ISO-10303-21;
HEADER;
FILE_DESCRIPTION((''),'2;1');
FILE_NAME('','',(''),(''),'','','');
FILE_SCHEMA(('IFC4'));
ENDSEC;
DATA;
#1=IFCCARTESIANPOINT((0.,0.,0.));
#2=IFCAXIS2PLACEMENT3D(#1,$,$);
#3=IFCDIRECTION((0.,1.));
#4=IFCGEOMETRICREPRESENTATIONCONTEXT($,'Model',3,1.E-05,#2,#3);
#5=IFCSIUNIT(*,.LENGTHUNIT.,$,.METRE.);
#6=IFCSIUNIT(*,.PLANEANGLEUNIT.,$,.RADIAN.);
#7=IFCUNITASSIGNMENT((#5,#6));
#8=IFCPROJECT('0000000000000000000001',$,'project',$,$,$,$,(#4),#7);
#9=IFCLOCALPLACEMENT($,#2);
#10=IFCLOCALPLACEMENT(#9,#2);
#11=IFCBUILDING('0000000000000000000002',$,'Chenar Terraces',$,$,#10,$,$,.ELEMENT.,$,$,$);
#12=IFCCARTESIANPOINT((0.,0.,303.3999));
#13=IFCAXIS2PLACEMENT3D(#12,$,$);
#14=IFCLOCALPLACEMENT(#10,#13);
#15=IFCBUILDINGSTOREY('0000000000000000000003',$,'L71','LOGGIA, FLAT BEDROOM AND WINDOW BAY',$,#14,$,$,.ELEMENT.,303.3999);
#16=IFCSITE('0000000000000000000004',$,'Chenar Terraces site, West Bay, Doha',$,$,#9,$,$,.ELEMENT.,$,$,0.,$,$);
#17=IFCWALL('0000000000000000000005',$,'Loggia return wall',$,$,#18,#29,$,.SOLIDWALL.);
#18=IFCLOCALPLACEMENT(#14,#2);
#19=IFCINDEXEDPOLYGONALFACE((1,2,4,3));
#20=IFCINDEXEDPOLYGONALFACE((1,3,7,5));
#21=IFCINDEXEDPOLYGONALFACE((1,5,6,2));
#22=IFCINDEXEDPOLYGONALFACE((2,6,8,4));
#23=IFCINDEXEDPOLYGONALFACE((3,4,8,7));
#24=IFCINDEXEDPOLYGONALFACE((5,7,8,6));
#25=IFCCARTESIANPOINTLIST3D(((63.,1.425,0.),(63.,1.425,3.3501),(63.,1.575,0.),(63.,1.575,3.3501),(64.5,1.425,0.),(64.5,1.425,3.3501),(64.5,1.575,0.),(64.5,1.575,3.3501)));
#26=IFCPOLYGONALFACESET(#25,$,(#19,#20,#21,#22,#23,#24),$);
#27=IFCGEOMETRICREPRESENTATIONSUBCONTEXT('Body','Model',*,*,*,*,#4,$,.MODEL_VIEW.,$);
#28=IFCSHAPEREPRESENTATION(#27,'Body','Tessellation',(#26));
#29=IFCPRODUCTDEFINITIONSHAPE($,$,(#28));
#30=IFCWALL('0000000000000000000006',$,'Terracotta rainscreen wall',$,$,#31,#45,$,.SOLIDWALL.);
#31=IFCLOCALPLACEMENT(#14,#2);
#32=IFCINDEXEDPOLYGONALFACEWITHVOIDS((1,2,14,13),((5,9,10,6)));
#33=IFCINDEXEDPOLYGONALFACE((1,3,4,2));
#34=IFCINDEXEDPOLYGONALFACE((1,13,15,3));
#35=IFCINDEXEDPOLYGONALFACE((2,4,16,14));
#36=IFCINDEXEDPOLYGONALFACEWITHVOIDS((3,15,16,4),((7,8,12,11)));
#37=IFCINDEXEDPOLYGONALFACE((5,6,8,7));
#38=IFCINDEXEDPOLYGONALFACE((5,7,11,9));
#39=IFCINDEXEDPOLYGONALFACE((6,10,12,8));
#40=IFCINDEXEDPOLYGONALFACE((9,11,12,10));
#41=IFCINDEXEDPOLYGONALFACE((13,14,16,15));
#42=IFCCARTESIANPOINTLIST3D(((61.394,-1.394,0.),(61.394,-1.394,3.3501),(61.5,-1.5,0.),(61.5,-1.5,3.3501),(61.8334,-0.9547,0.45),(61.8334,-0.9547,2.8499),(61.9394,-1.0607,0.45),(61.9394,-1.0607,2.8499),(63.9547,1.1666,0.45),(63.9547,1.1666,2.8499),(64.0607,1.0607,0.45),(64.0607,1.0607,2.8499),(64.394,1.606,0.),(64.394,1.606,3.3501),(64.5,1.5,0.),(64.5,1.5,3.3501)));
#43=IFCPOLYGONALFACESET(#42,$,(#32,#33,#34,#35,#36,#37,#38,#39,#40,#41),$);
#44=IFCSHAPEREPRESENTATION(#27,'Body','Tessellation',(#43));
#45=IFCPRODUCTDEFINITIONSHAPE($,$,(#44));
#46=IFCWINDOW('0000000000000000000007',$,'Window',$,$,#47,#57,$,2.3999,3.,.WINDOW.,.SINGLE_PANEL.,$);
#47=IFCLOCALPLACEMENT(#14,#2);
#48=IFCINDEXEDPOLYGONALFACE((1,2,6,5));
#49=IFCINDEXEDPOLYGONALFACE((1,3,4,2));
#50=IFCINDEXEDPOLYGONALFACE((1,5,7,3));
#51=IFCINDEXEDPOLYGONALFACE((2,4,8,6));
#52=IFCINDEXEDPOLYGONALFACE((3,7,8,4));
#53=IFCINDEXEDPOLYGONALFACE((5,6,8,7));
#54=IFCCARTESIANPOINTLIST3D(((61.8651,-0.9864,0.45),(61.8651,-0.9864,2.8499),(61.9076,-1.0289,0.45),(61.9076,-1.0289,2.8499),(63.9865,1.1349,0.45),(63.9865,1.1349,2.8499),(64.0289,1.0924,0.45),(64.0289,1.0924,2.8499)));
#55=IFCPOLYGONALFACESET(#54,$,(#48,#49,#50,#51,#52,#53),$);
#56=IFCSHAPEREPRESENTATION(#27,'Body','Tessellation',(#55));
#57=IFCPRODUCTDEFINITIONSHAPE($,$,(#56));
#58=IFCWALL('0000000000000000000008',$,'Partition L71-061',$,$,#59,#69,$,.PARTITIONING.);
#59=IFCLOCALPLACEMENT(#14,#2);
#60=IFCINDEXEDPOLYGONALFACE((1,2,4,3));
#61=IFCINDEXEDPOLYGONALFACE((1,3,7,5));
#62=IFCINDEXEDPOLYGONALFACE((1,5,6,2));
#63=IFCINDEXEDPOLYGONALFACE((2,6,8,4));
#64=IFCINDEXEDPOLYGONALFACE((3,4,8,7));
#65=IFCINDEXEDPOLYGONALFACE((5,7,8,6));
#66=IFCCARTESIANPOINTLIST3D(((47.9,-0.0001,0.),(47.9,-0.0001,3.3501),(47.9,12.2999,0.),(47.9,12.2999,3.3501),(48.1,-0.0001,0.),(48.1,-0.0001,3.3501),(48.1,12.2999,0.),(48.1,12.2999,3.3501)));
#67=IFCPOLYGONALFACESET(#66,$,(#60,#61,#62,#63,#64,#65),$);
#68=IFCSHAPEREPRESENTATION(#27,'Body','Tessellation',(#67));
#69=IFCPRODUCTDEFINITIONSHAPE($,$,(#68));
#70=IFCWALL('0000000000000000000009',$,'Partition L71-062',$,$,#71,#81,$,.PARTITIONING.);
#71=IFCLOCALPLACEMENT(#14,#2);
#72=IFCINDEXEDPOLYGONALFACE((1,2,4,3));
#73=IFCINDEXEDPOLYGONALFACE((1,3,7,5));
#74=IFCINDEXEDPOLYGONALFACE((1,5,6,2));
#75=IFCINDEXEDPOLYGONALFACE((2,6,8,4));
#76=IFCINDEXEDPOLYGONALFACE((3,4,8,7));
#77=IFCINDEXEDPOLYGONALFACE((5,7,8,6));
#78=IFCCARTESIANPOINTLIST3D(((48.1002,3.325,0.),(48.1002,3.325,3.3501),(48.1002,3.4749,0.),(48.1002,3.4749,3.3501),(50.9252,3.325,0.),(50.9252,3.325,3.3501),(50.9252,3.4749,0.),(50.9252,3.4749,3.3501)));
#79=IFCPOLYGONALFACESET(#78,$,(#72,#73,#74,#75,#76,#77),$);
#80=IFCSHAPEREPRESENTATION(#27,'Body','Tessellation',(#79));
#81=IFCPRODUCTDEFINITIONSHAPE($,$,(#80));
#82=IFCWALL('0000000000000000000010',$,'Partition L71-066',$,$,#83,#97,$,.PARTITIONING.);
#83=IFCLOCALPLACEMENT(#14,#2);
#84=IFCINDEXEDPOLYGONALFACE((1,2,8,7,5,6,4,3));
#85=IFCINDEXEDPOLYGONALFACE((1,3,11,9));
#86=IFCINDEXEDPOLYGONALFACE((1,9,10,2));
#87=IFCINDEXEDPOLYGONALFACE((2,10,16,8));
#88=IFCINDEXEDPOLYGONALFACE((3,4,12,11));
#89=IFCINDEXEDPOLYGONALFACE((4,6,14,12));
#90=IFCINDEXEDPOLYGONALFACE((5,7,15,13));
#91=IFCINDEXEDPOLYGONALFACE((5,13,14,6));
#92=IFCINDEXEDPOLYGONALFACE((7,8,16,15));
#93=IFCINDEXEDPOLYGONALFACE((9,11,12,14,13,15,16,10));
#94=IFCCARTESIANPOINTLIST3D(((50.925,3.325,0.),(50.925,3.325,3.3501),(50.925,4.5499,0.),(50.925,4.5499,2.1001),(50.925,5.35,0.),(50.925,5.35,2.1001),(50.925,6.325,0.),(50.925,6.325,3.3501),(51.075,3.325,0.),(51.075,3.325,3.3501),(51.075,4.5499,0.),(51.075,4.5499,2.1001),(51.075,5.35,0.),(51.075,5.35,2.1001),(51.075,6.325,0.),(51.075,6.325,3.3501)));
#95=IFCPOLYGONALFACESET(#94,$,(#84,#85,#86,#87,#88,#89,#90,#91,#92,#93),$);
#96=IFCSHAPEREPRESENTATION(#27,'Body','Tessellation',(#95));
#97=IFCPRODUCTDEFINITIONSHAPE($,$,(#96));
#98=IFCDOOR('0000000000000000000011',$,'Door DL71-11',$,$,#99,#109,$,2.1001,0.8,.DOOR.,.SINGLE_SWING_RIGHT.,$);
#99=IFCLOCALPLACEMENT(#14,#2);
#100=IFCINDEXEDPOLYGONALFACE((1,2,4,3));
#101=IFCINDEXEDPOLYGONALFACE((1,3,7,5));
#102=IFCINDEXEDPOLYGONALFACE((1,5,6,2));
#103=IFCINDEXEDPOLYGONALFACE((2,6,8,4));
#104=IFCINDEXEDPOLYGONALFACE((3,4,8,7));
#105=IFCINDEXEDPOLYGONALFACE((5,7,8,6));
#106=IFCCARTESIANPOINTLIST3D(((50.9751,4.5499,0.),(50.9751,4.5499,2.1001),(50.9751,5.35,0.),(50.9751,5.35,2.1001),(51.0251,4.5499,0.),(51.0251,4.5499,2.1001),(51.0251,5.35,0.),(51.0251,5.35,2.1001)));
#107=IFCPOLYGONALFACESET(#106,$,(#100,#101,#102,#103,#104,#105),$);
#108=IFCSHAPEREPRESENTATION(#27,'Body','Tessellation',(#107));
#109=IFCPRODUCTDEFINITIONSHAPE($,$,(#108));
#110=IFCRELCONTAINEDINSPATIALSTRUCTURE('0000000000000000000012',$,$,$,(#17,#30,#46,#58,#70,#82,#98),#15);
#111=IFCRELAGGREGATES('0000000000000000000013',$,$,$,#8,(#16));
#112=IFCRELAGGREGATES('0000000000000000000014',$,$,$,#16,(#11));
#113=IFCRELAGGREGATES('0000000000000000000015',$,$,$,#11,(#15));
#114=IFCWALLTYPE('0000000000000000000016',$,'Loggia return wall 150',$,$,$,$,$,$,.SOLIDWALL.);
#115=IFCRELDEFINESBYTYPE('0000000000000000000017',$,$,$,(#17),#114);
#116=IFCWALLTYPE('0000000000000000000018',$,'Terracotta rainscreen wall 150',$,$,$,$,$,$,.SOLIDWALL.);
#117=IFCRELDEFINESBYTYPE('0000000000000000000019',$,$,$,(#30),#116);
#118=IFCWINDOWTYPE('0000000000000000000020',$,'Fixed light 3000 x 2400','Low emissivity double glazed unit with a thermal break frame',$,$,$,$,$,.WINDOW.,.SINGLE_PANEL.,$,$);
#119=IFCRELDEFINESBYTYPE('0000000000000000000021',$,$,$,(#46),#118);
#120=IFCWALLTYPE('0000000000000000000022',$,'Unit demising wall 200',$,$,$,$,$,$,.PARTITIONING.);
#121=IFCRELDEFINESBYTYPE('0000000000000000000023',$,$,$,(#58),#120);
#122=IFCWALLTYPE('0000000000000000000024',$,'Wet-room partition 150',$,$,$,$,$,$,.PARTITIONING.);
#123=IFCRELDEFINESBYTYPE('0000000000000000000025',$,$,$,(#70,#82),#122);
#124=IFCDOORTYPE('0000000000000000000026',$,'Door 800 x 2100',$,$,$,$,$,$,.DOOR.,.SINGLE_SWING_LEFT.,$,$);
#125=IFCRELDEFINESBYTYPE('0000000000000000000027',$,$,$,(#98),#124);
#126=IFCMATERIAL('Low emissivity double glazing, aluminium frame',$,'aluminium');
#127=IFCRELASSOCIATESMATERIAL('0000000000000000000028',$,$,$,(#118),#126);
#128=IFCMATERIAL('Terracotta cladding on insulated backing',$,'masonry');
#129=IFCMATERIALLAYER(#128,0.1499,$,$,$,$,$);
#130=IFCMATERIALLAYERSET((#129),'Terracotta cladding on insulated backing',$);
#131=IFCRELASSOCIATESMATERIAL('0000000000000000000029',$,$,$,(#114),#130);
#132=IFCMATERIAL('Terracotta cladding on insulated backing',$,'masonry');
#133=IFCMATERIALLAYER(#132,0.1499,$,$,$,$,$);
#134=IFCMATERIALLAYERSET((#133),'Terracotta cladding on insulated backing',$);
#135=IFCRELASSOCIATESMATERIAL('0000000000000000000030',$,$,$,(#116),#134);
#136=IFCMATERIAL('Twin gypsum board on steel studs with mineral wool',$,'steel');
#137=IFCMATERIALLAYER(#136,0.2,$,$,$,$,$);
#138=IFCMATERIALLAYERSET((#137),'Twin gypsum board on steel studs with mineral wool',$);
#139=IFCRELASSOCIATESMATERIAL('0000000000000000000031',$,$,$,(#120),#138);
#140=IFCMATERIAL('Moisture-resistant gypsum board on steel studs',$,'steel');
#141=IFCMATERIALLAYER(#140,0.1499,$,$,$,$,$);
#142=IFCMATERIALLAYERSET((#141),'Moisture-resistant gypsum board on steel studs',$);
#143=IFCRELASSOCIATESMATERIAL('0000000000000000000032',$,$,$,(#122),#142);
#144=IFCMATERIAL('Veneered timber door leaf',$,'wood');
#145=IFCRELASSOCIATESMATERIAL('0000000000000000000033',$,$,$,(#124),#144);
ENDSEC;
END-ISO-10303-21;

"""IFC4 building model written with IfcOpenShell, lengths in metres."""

from ifc_helpers import new_model, si_unit, direction, frame, frame_2d, origin, place, context, subcontext, project, spatial, rectangle, extrude, material, layer, layer_set, type_object, element, fill, save


model = new_model("IFC4")

# Units and contexts
model_context = context("Model", 3, precision=1e-05, world=origin(), true_north=direction((0.0, 1.0)))
body_context = subcontext(model_context, "Body", "Model", "MODEL_VIEW")
ifc_project = project(units=[si_unit("LENGTHUNIT", "METRE"), si_unit("PLANEANGLEUNIT", "RADIAN")], contexts=[model_context])

# Site, building, storey
site_placement = place(None, origin())
site = spatial("IfcSite", under=ifc_project, at=site_placement, Name="Chenar Terraces site, West Bay, Doha", CompositionType="ELEMENT", RefElevation=0.0)
building_placement = place(site_placement, origin())
building = spatial("IfcBuilding", under=site, at=building_placement, Name="Chenar Terraces", CompositionType="ELEMENT")
storey_placement = place(building_placement, frame((0.0, 0.0, 303.3999)))
storey = spatial("IfcBuildingStorey", under=building, at=storey_placement, Name="L71", Description="LOGGIA, FLAT BEDROOM AND WINDOW BAY", CompositionType="ELEMENT", Elevation=303.3999)

# Shared definitions
ifc_material_1 = material(Name="Low emissivity double glazing, aluminium frame", Category="aluminium")
window_type_1 = type_object("IfcWindowType", Name="Fixed light 3000 x 2400", Description="Low emissivity double glazed unit with a thermal break frame", PartitioningType="SINGLE_PANEL", PredefinedType="WINDOW", material=ifc_material_1)

# Wall
ifc_material_2 = material(Name="Terracotta cladding on insulated backing", Category="masonry")
ifc_layer_1 = layer(ifc_material_2, 0.1499)
ifc_layer_set_1 = layer_set([ifc_layer_1], Name="Terracotta cladding on insulated backing")
wall_type_1 = type_object("IfcWallType", Name="Loggia return wall 150", PredefinedType="SOLIDWALL", material=ifc_layer_set_1)
for number, where, z_axis, x_axis, name in (
    (1, (64.5, 1.5, 0.0), (0.0, 0.0, 1.0), (-1.0, 0.0, 0.0), "Loggia return wall"),
):
    element("IfcWall", number, at=place(storey_placement, frame(where, z_axis=z_axis, x_axis=x_axis)), inside=storey, type_object=wall_type_1, Name=name, PredefinedType="SOLIDWALL", context=body_context, shape_type="SweptSolid", body=[
        extrude(rectangle(XDim=1.5, YDim=0.1499, at=frame_2d((0.75, 0.0))), origin(), (0.0, 0.0, 1.0), 3.3501),
    ])

# Wall, opening, window
ifc_material_3 = material(Name="Terracotta cladding on insulated backing", Category="masonry")
ifc_layer_2 = layer(ifc_material_3, 0.1499)
ifc_layer_set_2 = layer_set([ifc_layer_2], Name="Terracotta cladding on insulated backing")
wall_type_2 = type_object("IfcWallType", Name="Terracotta rainscreen wall 150", PredefinedType="SOLIDWALL", material=ifc_layer_set_2)
wall_1_placement = place(storey_placement, frame((61.447, -1.447, 0.0), z_axis=(0.0, 0.0, 1.0), x_axis=(0.707107, 0.707107, 0.0)))
wall_1 = element("IfcWall", 2, at=wall_1_placement, inside=storey, type_object=wall_type_2, Name="Terracotta rainscreen wall", PredefinedType="SOLIDWALL", context=body_context, shape_type="SweptSolid", body=[
    extrude(rectangle(XDim=4.2427, YDim=0.1499, at=frame_2d((2.1213, 0.0))), origin(), (0.0, 0.0, 1.0), 3.3501),
])
opening_1_placement = place(wall_1_placement, frame((0.6213, 0.0, 0.45)))
opening_1 = element("IfcOpeningElement", 3, at=opening_1_placement, cuts=wall_1, PredefinedType="OPENING", context=body_context, shape_type="SweptSolid", body=[
    extrude(rectangle(XDim=3.0, YDim=2.3999, at=frame_2d((1.5, 1.2))), frame((0.0, 0.085, 0.0), z_axis=(0.0, -1.0, 0.0), x_axis=(1.0, 0.0, 0.0)), (0.0, 0.0, 1.0), 0.1699),
])
window_1_placement = place(opening_1_placement, origin())
window_1 = element("IfcWindow", 4, at=window_1_placement, inside=storey, type_object=window_type_1, Name="Window", OverallHeight=2.3999, OverallWidth=3.0, PartitioningType="SINGLE_PANEL", PredefinedType="WINDOW", context=body_context, shape_type="SweptSolid", body=[
    extrude(rectangle(XDim=3.0, YDim=2.3999, at=frame_2d((1.5, 1.2))), frame((0.0, 0.03, 0.0), z_axis=(0.0, -1.0, 0.0), x_axis=(1.0, 0.0, 0.0)), (0.0, 0.0, 1.0), 0.0601),
])
fill(opening_1, window_1)

# Walls
ifc_material_4 = material(Name="Twin gypsum board on steel studs with mineral wool", Category="steel")
ifc_layer_3 = layer(ifc_material_4, 0.2)
ifc_layer_set_3 = layer_set([ifc_layer_3], Name="Twin gypsum board on steel studs with mineral wool")
wall_type_3 = type_object("IfcWallType", Name="Unit demising wall 200", PredefinedType="PARTITIONING", material=ifc_layer_set_3)
wall_2_placement = place(storey_placement, frame((48.0, 0.0, 0.0), z_axis=(0.0, 0.0, 1.0), x_axis=(0.0, 1.0, 0.0)))
element("IfcWall", 5, at=wall_2_placement, inside=storey, type_object=wall_type_3, Name="Partition L71-061", PredefinedType="PARTITIONING", context=body_context, shape_type="SweptSolid", body=[
    extrude(rectangle(XDim=12.3, YDim=0.2, at=frame_2d((6.1499, 0.0))), origin(), (0.0, 0.0, 1.0), 3.3501),
])
ifc_material_5 = material(Name="Moisture-resistant gypsum board on steel studs", Category="steel")
ifc_layer_4 = layer(ifc_material_5, 0.1499)
ifc_layer_set_4 = layer_set([ifc_layer_4], Name="Moisture-resistant gypsum board on steel studs")
wall_type_4 = type_object("IfcWallType", Name="Wet-room partition 150", PredefinedType="PARTITIONING", material=ifc_layer_set_4)
wall_3_placement = place(storey_placement, frame((48.1001, 3.3999, 0.0), z_axis=(0.0, 0.0, 1.0), x_axis=(1.0, 0.0, 0.0)))
element("IfcWall", 6, at=wall_3_placement, inside=storey, type_object=wall_type_4, Name="Partition L71-062", PredefinedType="PARTITIONING", context=body_context, shape_type="SweptSolid", body=[
    extrude(rectangle(XDim=2.825, YDim=0.1499, at=frame_2d((1.4126, 0.0))), origin(), (0.0, 0.0, 1.0), 3.3501),
])

# Wall, opening, door
wall_4_placement = place(storey_placement, frame((51.0, 3.325, 0.0), z_axis=(0.0, 0.0, 1.0), x_axis=(0.0, 1.0, 0.0)))
wall_4 = element("IfcWall", 7, at=wall_4_placement, inside=storey, type_object=wall_type_4, Name="Partition L71-066", PredefinedType="PARTITIONING", context=body_context, shape_type="SweptSolid", body=[
    extrude(rectangle(XDim=3.0, YDim=0.1499, at=frame_2d((1.5, 0.0))), origin(), (0.0, 0.0, 1.0), 3.3501),
])
opening_2_placement = place(wall_4_placement, frame((1.2251, 0.0, 0.0)))
opening_2 = element("IfcOpeningElement", 8, at=opening_2_placement, cuts=wall_4, PredefinedType="OPENING", context=body_context, shape_type="SweptSolid", body=[
    extrude(rectangle(XDim=0.8, YDim=2.1001, at=frame_2d((0.3999, 1.05))), frame((0.0, 0.085, 0.0), z_axis=(0.0, -1.0, 0.0), x_axis=(1.0, 0.0, 0.0)), (0.0, 0.0, 1.0), 0.1699),
])
ifc_material_6 = material(Name="Veneered timber door leaf", Category="wood")
door_type_1 = type_object("IfcDoorType", Name="Door 800 x 2100", OperationType="SINGLE_SWING_LEFT", PredefinedType="DOOR", material=ifc_material_6)
door_1_placement = place(opening_2_placement, origin())
door_1 = element("IfcDoor", 9, at=door_1_placement, inside=storey, type_object=door_type_1, Name="Door DL71-11", OperationType="SINGLE_SWING_RIGHT", OverallHeight=2.1001, OverallWidth=0.8, PredefinedType="DOOR", context=body_context, shape_type="SweptSolid", body=[
    extrude(rectangle(XDim=0.8, YDim=2.1001, at=frame_2d((0.3999, 1.05))), frame((0.0, 0.0249, 0.0), z_axis=(0.0, -1.0, 0.0), x_axis=(1.0, 0.0, 0.0)), (0.0, 0.0, 1.0), 0.05),
])
fill(opening_2, door_1)

save(model, "model.ifc")
